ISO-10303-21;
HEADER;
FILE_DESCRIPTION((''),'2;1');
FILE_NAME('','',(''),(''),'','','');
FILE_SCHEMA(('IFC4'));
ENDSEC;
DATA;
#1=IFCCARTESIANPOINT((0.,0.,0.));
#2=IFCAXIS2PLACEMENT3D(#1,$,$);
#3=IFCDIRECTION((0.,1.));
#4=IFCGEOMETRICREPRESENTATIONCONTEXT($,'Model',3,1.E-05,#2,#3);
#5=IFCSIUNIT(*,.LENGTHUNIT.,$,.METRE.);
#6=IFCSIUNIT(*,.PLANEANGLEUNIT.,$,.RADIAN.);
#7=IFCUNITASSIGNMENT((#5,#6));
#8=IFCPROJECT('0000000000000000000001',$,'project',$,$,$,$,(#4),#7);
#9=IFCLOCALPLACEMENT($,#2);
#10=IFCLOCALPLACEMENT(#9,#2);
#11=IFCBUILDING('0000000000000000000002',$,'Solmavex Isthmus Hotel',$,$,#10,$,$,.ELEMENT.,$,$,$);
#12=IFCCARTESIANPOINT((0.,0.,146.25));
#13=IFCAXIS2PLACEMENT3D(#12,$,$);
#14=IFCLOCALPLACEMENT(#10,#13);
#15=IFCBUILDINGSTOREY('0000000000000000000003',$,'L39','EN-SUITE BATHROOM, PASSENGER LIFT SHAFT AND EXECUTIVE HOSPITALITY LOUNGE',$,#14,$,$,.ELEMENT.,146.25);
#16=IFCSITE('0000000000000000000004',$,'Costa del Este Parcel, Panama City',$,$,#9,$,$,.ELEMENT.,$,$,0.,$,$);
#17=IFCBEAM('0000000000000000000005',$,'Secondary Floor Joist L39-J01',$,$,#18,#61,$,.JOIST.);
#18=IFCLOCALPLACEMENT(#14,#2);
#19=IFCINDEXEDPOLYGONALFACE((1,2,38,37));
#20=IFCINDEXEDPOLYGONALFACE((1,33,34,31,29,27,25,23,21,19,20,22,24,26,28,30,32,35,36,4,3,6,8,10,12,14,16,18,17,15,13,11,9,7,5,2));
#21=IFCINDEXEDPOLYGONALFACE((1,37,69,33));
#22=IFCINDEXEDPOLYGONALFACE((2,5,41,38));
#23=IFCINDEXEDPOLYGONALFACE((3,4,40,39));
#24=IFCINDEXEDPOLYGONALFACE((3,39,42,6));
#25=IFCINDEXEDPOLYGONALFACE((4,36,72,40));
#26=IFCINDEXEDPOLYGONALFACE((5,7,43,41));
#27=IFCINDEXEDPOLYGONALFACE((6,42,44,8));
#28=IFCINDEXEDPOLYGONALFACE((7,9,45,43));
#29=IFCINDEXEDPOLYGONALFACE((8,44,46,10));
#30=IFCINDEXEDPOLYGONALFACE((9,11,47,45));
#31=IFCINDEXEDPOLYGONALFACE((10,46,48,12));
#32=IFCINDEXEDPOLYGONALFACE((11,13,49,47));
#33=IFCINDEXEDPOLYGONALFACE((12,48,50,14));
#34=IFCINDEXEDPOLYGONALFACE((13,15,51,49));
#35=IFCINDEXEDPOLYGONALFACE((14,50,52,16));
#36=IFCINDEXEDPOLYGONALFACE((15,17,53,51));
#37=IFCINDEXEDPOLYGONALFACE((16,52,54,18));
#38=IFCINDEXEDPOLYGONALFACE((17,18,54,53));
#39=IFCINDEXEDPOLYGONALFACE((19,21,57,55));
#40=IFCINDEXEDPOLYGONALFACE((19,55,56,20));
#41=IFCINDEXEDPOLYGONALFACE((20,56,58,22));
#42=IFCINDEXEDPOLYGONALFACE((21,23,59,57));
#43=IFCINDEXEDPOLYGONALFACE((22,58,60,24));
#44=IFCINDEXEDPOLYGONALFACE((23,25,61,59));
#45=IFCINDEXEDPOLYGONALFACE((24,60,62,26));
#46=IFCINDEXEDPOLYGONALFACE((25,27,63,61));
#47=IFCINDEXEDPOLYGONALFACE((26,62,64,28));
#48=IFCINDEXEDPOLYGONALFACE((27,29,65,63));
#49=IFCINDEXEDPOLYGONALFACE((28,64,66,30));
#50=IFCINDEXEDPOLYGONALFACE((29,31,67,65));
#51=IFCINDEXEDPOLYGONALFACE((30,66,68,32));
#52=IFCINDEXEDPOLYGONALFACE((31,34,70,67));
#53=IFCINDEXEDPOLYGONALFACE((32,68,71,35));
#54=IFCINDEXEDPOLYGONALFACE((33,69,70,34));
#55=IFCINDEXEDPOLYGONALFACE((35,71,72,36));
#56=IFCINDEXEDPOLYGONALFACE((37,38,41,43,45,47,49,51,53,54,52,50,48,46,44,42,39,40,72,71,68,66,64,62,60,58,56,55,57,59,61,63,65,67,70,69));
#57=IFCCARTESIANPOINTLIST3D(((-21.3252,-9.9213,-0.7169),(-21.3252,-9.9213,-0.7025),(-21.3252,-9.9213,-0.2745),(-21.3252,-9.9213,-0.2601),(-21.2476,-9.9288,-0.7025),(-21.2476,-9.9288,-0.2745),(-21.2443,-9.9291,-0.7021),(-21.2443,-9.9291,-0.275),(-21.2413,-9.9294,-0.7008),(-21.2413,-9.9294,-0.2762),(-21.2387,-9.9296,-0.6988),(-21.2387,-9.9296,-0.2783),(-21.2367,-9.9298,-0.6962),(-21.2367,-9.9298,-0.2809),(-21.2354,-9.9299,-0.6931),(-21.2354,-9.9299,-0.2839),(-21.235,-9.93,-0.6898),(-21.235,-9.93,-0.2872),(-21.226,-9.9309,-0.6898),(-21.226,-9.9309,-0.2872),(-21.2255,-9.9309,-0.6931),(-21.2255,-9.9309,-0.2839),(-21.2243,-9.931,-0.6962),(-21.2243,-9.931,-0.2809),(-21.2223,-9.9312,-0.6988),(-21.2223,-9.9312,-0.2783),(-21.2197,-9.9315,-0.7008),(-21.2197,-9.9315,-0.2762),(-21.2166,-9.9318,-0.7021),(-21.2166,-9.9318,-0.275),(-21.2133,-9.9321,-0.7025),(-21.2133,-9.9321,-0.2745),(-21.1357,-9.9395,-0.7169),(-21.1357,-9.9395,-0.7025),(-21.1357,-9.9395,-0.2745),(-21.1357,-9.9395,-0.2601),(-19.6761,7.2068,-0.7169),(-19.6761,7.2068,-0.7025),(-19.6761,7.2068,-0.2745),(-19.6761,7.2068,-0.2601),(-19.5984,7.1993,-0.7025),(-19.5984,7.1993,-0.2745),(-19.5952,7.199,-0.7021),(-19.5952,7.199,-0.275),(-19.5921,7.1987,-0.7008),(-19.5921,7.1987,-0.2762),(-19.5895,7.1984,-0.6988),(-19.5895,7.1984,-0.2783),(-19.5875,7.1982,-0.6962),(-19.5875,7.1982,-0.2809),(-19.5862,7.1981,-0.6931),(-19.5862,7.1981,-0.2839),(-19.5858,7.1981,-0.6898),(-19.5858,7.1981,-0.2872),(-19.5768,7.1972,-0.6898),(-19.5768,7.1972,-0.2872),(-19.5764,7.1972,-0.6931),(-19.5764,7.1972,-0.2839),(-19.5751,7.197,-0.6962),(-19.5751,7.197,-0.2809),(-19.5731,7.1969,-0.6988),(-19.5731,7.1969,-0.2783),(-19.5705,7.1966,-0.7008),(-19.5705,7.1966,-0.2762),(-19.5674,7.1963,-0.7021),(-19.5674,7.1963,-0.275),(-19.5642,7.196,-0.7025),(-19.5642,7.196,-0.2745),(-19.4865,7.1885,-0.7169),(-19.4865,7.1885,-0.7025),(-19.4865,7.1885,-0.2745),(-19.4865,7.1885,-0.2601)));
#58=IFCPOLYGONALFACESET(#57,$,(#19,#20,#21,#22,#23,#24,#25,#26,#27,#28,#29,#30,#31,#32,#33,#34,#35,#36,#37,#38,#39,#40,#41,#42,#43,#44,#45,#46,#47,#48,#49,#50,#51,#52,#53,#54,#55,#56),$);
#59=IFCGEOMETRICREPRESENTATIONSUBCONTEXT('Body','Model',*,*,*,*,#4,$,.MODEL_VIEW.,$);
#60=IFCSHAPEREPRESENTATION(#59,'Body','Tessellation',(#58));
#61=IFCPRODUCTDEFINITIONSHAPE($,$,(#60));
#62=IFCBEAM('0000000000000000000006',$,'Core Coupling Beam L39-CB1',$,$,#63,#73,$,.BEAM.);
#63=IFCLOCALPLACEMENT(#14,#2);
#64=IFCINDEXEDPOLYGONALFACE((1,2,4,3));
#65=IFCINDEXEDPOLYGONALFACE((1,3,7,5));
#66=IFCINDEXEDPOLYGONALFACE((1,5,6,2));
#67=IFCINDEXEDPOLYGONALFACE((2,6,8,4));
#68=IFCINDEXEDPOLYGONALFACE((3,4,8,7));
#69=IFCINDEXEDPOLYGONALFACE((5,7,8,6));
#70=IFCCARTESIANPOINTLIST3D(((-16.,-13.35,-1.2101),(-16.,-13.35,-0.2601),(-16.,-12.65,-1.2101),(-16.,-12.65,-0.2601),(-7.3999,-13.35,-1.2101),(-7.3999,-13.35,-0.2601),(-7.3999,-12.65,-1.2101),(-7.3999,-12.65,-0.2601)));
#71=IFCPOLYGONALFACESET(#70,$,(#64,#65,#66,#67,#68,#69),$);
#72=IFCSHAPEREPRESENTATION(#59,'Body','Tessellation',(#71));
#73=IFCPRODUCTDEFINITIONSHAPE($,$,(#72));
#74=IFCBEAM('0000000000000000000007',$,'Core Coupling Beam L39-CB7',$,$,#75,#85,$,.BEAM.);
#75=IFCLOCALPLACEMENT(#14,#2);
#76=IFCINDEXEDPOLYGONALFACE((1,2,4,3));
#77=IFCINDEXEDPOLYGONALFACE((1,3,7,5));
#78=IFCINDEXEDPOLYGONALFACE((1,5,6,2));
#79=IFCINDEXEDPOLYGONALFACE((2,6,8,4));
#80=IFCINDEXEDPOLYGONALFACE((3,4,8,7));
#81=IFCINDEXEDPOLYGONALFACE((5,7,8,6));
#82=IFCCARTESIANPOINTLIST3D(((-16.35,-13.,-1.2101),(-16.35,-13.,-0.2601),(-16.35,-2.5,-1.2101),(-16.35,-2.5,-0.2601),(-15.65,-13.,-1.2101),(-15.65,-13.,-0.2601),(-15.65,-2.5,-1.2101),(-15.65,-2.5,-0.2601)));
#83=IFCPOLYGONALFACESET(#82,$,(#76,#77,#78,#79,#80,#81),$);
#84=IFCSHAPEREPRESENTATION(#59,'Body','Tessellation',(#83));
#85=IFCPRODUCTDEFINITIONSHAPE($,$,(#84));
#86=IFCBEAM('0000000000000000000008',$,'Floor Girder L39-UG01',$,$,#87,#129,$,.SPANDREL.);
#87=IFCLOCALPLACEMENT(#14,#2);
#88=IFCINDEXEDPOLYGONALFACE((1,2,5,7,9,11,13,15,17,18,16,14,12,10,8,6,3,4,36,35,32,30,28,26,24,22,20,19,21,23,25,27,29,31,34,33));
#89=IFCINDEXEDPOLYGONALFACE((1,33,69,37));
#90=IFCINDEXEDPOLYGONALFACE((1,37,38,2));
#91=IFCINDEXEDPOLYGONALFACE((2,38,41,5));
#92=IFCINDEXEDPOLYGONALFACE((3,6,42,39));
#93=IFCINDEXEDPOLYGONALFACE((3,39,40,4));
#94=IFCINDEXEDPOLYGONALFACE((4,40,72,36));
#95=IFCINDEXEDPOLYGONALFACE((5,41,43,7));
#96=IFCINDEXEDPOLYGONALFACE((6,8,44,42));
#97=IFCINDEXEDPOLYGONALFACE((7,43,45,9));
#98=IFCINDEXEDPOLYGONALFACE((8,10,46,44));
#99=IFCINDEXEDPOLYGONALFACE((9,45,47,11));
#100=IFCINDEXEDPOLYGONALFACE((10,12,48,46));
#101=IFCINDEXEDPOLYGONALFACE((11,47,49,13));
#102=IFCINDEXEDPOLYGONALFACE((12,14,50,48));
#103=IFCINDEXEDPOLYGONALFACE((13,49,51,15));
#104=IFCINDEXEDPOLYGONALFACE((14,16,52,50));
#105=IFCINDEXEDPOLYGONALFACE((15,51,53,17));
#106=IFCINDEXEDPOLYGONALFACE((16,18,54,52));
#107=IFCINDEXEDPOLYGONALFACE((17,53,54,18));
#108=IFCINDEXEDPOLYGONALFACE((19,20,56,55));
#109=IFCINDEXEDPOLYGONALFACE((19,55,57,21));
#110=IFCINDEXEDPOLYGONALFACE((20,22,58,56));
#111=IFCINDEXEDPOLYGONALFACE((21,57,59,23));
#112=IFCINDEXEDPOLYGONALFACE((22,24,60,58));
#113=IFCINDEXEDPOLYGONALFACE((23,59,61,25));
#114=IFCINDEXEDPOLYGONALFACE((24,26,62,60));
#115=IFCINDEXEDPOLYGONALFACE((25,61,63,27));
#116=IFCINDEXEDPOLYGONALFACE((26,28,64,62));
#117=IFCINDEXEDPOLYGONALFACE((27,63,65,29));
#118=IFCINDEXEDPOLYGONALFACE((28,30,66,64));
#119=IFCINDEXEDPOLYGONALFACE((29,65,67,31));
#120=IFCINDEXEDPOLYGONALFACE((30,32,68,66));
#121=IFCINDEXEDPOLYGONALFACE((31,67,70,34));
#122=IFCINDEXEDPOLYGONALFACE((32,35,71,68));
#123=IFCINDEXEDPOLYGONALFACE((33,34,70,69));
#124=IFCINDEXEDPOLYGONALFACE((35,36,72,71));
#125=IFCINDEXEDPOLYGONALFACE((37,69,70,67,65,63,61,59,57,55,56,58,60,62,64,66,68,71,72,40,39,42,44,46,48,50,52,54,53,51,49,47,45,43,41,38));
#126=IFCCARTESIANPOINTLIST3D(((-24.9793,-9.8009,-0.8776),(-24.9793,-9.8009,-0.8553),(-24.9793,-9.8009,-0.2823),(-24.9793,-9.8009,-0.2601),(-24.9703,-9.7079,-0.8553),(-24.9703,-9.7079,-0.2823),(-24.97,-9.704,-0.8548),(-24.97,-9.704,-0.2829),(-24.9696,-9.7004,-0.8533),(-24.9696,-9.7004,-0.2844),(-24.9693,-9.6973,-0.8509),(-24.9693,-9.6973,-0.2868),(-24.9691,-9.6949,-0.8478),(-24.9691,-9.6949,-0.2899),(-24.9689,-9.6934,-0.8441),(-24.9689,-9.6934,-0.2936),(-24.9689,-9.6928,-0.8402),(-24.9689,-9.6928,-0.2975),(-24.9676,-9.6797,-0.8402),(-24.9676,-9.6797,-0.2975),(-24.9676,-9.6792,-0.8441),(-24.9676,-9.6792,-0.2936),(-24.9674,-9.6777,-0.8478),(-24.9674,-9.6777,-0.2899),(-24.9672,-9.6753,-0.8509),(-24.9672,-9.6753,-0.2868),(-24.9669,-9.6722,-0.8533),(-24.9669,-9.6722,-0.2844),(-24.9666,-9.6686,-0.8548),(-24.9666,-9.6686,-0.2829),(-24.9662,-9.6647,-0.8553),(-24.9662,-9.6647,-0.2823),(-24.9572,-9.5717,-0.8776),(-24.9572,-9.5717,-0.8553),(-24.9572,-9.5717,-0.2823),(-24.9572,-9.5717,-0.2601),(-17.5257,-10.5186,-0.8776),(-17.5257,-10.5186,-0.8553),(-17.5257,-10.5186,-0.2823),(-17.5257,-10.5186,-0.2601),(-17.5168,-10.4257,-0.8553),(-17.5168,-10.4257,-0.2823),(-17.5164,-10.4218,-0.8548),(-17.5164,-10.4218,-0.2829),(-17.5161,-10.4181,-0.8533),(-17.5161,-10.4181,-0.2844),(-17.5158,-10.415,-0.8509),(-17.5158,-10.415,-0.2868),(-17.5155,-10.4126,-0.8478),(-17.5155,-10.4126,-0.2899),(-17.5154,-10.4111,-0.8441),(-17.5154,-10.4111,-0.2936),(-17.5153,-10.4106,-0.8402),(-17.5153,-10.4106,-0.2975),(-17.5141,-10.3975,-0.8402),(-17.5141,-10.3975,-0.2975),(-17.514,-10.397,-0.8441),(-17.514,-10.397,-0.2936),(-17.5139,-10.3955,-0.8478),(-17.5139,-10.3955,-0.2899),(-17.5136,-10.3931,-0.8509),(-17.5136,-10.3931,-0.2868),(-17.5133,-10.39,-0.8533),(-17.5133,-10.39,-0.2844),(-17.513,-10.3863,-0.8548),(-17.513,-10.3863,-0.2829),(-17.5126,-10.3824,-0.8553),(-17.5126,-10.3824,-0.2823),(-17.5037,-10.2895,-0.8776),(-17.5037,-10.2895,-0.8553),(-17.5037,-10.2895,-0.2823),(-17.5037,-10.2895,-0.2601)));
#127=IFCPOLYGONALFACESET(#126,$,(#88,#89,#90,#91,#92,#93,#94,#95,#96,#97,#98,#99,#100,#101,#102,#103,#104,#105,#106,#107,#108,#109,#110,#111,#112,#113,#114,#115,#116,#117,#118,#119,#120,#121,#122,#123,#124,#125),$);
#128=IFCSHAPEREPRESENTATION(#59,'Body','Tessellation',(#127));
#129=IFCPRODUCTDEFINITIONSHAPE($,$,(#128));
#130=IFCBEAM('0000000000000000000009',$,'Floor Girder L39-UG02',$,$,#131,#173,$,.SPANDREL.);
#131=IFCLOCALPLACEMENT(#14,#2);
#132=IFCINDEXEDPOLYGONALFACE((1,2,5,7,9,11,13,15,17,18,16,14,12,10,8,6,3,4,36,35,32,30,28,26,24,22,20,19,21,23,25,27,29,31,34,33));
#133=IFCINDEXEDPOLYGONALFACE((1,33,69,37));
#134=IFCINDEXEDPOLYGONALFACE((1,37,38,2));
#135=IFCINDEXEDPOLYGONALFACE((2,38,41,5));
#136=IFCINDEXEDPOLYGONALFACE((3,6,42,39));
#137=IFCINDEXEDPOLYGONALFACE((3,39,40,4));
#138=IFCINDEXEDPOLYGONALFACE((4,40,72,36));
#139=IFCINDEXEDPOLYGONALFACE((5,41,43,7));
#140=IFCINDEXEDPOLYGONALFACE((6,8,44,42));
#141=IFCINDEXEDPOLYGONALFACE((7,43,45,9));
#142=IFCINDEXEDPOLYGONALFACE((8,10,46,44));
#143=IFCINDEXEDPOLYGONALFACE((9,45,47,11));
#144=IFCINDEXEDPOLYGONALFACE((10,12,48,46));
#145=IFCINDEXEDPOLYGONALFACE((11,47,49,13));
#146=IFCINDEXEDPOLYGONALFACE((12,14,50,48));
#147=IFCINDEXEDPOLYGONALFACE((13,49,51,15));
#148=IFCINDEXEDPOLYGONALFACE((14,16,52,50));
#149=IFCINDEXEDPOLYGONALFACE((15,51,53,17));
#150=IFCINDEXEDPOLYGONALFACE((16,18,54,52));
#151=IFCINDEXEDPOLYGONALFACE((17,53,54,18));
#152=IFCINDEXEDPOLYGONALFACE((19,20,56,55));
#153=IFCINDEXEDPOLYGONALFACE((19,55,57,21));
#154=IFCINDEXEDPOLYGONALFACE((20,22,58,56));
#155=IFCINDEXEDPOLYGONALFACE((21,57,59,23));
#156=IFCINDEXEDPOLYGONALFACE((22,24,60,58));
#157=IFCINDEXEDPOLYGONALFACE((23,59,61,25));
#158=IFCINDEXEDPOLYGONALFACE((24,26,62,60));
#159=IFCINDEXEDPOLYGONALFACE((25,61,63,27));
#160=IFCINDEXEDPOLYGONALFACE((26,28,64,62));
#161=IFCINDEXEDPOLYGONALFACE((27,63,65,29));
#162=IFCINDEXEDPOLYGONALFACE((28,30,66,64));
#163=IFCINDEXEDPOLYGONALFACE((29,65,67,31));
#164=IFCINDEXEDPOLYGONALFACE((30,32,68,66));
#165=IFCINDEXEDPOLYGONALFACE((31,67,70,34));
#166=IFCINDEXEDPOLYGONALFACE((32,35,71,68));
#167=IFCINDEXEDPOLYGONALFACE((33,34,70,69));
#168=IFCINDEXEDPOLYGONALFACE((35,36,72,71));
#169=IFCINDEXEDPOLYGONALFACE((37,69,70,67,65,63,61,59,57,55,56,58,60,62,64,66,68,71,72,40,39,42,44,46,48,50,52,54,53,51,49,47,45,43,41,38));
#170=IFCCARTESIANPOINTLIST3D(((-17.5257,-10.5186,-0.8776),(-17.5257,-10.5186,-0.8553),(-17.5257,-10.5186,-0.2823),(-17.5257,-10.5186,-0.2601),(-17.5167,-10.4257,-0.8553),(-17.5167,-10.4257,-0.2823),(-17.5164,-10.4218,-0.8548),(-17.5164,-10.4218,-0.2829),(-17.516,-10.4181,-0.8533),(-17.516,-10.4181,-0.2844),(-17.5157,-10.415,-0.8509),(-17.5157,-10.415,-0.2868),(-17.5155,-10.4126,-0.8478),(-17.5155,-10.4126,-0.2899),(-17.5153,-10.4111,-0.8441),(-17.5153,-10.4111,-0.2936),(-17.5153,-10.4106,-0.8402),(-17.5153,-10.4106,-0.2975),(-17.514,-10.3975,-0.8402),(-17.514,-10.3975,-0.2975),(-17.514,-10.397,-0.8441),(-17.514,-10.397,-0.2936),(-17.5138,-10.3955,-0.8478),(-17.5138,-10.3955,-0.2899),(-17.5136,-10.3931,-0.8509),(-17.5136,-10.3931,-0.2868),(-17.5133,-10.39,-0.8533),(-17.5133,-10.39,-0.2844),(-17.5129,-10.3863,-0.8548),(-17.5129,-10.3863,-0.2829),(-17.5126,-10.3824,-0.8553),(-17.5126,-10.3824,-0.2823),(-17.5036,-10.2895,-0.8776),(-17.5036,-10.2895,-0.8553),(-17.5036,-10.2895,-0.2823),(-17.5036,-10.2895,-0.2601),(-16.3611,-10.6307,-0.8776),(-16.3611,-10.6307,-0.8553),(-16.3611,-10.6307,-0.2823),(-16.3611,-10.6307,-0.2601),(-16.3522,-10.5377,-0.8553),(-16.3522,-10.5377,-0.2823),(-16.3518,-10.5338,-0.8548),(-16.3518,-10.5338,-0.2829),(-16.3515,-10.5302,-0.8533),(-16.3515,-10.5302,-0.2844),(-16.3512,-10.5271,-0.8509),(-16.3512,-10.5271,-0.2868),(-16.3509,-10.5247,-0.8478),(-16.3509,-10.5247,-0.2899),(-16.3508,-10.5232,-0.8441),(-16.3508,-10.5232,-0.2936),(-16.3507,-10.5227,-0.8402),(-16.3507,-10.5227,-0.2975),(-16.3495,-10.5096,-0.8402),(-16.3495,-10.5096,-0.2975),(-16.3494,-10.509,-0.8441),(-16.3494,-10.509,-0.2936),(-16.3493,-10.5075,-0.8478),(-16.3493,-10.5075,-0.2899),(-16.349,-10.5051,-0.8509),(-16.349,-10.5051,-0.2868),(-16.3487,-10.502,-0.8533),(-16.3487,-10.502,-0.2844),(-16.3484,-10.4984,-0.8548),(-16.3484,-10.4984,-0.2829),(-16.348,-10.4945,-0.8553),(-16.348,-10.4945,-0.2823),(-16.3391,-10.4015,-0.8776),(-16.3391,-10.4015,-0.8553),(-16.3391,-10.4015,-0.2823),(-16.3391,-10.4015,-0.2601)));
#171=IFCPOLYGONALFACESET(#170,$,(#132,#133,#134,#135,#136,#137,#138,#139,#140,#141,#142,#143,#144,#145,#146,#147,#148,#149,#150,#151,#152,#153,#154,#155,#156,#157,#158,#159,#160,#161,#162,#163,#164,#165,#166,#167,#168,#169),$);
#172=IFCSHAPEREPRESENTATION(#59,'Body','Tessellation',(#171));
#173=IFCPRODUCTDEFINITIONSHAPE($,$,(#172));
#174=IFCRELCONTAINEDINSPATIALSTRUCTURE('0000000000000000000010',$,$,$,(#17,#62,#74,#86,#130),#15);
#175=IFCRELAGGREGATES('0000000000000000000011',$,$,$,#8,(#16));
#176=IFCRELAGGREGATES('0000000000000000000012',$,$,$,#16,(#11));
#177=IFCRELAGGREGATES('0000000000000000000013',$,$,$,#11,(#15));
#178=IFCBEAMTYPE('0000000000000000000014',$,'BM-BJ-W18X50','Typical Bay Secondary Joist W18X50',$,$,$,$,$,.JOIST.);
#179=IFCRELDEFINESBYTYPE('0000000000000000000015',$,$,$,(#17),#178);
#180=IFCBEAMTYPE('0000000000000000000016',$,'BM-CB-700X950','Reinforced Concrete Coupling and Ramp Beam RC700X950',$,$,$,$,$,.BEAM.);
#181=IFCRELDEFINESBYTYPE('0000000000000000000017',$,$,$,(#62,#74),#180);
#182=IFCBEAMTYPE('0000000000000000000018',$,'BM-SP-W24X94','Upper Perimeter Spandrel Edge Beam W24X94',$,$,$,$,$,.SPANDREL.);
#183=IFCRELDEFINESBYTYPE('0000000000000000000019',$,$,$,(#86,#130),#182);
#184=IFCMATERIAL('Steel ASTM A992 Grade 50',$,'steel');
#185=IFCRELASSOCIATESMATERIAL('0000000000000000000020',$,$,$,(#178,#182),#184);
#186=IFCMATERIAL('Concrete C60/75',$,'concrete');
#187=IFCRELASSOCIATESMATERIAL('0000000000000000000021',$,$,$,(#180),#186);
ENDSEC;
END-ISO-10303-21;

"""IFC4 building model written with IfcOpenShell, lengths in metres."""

from ifc_helpers import new_model, si_unit, direction, frame, origin, origin_2d, place, context, subcontext, project, spatial, rectangle, i_section, extrude, material, material_profile, profile_set, type_object, element, save


model = new_model("IFC4")

# Units and contexts
model_context = context("Model", 3, precision=1e-05, world=origin(), true_north=direction((0.0, 1.0)))
body_context = subcontext(model_context, "Body", "Model", "MODEL_VIEW")
ifc_project = project(units=[si_unit("LENGTHUNIT", "METRE"), si_unit("PLANEANGLEUNIT", "RADIAN")], contexts=[model_context])

# Site, building, storey
site_placement = place(None, origin())
site = spatial("IfcSite", under=ifc_project, at=site_placement, Name="Costa del Este Parcel, Panama City", CompositionType="ELEMENT", RefElevation=0.0)
building_placement = place(site_placement, origin())
building = spatial("IfcBuilding", under=site, at=building_placement, Name="Solmavex Isthmus Hotel", CompositionType="ELEMENT")
storey_placement = place(building_placement, frame((0.0, 0.0, 146.25)))
storey = spatial("IfcBuildingStorey", under=building, at=storey_placement, Name="L39", Description="EN-SUITE BATHROOM, PASSENGER LIFT SHAFT AND EXECUTIVE HOSPITALITY LOUNGE", CompositionType="ELEMENT", Elevation=146.25)

# Shared definitions
ifc_material_1 = material(Name="Concrete C60/75", Category="concrete")

# Beams
ifc_material_2 = material(Name="Steel ASTM A992 Grade 50", Category="steel")
ifc_material_profile_1 = material_profile(ifc_material_2, i_section(OverallWidth=0.1904, OverallDepth=0.4568, WebThickness=0.009, FlangeThickness=0.0144, FilletRadius=0.0127, at=origin_2d()), Name="W18X50")
ifc_profile_set_1 = profile_set([ifc_material_profile_1], Name="Steel ASTM A992 Grade 50")
beam_type_1 = type_object("IfcBeamType", Name="BM-BJ-W18X50", Description="Typical Bay Secondary Joist W18X50", PredefinedType="JOIST", material=ifc_profile_set_1)
beam_1_placement = place(storey_placement, frame((-21.2305, -9.9304, -0.4885), z_axis=(0.095841, 0.995397, 0.0), x_axis=(-0.995397, 0.095841, 0.0)))
element("IfcBeam", 1, at=beam_1_placement, inside=storey, type_object=beam_type_1, Name="Secondary Floor Joist L39-J01", PredefinedType="JOIST", context=body_context, shape_type="SweptSolid", body=[
    extrude(i_section(OverallWidth=0.1904, OverallDepth=0.4568, WebThickness=0.009, FlangeThickness=0.0144, FilletRadius=0.0127, at=origin_2d()), origin(), (0.0, 0.0, 1.0), 17.2073),
])
ifc_material_profile_2 = material_profile(ifc_material_1, rectangle(XDim=0.7, YDim=0.95, at=origin_2d()), Name="RC700X950")
ifc_profile_set_2 = profile_set([ifc_material_profile_2], Name="Concrete C60/75")
beam_type_2 = type_object("IfcBeamType", Name="BM-CB-700X950", Description="Reinforced Concrete Coupling and Ramp Beam RC700X950", PredefinedType="BEAM", material=ifc_profile_set_2)
beam_2_placement = place(storey_placement, frame((-16.0, -13.0, -0.7351), z_axis=(1.0, 0.0, 0.0), x_axis=(0.0, 1.0, 0.0)))
element("IfcBeam", 2, at=beam_2_placement, inside=storey, type_object=beam_type_2, Name="Core Coupling Beam L39-CB1", PredefinedType="BEAM", context=body_context, shape_type="SweptSolid", body=[
    extrude(rectangle(XDim=0.7, YDim=0.95, at=origin_2d()), origin(), (0.0, 0.0, 1.0), 8.6001),
])
beam_3_placement = place(storey_placement, frame((-16.0, -13.0, -0.7351), z_axis=(0.0, 1.0, 0.0), x_axis=(-1.0, 0.0, 0.0)))
element("IfcBeam", 3, at=beam_3_placement, inside=storey, type_object=beam_type_2, Name="Core Coupling Beam L39-CB7", PredefinedType="BEAM", context=body_context, shape_type="SweptSolid", body=[
    extrude(rectangle(XDim=0.7, YDim=0.95, at=origin_2d()), origin(), (0.0, 0.0, 1.0), 10.5),
])
ifc_material_profile_3 = material_profile(ifc_material_2, i_section(OverallWidth=0.2302, OverallDepth=0.6174, WebThickness=0.0132, FlangeThickness=0.0222, FilletRadius=0.0151, at=origin_2d()), Name="W24X94")
ifc_profile_set_3 = profile_set([ifc_material_profile_3], Name="Steel ASTM A992 Grade 50")
beam_type_3 = type_object("IfcBeamType", Name="BM-SP-W24X94", Description="Upper Perimeter Spandrel Edge Beam W24X94", PredefinedType="SPANDREL", material=ifc_profile_set_3)
beam_4_placement = place(storey_placement, frame((-24.9683, -9.6863, -0.5688), z_axis=(0.995395, -0.095855, 0.0), x_axis=(0.095855, 0.995395, 0.0)))
element("IfcBeam", 4, at=beam_4_placement, inside=storey, type_object=beam_type_3, Name="Floor Girder L39-UG01", PredefinedType="SPANDREL", context=body_context, shape_type="SweptSolid", body=[
    extrude(i_section(OverallWidth=0.2302, OverallDepth=0.6174, WebThickness=0.0132, FlangeThickness=0.0222, FilletRadius=0.0151, at=origin_2d()), origin(), (0.0, 0.0, 1.0), 7.488),
])
beam_5_placement = place(storey_placement, frame((-17.5146, -10.4041, -0.5688), z_axis=(0.995402, -0.095784, 0.0), x_axis=(0.095784, 0.995402, 0.0)))
element("IfcBeam", 5, at=beam_5_placement, inside=storey, type_object=beam_type_3, Name="Floor Girder L39-UG02", PredefinedType="SPANDREL", context=body_context, shape_type="SweptSolid", body=[
    extrude(i_section(OverallWidth=0.2302, OverallDepth=0.6174, WebThickness=0.0132, FlangeThickness=0.0222, FilletRadius=0.0151, at=origin_2d()), origin(), (0.0, 0.0, 1.0), 1.1699),
])

save(model, "model.ifc")
